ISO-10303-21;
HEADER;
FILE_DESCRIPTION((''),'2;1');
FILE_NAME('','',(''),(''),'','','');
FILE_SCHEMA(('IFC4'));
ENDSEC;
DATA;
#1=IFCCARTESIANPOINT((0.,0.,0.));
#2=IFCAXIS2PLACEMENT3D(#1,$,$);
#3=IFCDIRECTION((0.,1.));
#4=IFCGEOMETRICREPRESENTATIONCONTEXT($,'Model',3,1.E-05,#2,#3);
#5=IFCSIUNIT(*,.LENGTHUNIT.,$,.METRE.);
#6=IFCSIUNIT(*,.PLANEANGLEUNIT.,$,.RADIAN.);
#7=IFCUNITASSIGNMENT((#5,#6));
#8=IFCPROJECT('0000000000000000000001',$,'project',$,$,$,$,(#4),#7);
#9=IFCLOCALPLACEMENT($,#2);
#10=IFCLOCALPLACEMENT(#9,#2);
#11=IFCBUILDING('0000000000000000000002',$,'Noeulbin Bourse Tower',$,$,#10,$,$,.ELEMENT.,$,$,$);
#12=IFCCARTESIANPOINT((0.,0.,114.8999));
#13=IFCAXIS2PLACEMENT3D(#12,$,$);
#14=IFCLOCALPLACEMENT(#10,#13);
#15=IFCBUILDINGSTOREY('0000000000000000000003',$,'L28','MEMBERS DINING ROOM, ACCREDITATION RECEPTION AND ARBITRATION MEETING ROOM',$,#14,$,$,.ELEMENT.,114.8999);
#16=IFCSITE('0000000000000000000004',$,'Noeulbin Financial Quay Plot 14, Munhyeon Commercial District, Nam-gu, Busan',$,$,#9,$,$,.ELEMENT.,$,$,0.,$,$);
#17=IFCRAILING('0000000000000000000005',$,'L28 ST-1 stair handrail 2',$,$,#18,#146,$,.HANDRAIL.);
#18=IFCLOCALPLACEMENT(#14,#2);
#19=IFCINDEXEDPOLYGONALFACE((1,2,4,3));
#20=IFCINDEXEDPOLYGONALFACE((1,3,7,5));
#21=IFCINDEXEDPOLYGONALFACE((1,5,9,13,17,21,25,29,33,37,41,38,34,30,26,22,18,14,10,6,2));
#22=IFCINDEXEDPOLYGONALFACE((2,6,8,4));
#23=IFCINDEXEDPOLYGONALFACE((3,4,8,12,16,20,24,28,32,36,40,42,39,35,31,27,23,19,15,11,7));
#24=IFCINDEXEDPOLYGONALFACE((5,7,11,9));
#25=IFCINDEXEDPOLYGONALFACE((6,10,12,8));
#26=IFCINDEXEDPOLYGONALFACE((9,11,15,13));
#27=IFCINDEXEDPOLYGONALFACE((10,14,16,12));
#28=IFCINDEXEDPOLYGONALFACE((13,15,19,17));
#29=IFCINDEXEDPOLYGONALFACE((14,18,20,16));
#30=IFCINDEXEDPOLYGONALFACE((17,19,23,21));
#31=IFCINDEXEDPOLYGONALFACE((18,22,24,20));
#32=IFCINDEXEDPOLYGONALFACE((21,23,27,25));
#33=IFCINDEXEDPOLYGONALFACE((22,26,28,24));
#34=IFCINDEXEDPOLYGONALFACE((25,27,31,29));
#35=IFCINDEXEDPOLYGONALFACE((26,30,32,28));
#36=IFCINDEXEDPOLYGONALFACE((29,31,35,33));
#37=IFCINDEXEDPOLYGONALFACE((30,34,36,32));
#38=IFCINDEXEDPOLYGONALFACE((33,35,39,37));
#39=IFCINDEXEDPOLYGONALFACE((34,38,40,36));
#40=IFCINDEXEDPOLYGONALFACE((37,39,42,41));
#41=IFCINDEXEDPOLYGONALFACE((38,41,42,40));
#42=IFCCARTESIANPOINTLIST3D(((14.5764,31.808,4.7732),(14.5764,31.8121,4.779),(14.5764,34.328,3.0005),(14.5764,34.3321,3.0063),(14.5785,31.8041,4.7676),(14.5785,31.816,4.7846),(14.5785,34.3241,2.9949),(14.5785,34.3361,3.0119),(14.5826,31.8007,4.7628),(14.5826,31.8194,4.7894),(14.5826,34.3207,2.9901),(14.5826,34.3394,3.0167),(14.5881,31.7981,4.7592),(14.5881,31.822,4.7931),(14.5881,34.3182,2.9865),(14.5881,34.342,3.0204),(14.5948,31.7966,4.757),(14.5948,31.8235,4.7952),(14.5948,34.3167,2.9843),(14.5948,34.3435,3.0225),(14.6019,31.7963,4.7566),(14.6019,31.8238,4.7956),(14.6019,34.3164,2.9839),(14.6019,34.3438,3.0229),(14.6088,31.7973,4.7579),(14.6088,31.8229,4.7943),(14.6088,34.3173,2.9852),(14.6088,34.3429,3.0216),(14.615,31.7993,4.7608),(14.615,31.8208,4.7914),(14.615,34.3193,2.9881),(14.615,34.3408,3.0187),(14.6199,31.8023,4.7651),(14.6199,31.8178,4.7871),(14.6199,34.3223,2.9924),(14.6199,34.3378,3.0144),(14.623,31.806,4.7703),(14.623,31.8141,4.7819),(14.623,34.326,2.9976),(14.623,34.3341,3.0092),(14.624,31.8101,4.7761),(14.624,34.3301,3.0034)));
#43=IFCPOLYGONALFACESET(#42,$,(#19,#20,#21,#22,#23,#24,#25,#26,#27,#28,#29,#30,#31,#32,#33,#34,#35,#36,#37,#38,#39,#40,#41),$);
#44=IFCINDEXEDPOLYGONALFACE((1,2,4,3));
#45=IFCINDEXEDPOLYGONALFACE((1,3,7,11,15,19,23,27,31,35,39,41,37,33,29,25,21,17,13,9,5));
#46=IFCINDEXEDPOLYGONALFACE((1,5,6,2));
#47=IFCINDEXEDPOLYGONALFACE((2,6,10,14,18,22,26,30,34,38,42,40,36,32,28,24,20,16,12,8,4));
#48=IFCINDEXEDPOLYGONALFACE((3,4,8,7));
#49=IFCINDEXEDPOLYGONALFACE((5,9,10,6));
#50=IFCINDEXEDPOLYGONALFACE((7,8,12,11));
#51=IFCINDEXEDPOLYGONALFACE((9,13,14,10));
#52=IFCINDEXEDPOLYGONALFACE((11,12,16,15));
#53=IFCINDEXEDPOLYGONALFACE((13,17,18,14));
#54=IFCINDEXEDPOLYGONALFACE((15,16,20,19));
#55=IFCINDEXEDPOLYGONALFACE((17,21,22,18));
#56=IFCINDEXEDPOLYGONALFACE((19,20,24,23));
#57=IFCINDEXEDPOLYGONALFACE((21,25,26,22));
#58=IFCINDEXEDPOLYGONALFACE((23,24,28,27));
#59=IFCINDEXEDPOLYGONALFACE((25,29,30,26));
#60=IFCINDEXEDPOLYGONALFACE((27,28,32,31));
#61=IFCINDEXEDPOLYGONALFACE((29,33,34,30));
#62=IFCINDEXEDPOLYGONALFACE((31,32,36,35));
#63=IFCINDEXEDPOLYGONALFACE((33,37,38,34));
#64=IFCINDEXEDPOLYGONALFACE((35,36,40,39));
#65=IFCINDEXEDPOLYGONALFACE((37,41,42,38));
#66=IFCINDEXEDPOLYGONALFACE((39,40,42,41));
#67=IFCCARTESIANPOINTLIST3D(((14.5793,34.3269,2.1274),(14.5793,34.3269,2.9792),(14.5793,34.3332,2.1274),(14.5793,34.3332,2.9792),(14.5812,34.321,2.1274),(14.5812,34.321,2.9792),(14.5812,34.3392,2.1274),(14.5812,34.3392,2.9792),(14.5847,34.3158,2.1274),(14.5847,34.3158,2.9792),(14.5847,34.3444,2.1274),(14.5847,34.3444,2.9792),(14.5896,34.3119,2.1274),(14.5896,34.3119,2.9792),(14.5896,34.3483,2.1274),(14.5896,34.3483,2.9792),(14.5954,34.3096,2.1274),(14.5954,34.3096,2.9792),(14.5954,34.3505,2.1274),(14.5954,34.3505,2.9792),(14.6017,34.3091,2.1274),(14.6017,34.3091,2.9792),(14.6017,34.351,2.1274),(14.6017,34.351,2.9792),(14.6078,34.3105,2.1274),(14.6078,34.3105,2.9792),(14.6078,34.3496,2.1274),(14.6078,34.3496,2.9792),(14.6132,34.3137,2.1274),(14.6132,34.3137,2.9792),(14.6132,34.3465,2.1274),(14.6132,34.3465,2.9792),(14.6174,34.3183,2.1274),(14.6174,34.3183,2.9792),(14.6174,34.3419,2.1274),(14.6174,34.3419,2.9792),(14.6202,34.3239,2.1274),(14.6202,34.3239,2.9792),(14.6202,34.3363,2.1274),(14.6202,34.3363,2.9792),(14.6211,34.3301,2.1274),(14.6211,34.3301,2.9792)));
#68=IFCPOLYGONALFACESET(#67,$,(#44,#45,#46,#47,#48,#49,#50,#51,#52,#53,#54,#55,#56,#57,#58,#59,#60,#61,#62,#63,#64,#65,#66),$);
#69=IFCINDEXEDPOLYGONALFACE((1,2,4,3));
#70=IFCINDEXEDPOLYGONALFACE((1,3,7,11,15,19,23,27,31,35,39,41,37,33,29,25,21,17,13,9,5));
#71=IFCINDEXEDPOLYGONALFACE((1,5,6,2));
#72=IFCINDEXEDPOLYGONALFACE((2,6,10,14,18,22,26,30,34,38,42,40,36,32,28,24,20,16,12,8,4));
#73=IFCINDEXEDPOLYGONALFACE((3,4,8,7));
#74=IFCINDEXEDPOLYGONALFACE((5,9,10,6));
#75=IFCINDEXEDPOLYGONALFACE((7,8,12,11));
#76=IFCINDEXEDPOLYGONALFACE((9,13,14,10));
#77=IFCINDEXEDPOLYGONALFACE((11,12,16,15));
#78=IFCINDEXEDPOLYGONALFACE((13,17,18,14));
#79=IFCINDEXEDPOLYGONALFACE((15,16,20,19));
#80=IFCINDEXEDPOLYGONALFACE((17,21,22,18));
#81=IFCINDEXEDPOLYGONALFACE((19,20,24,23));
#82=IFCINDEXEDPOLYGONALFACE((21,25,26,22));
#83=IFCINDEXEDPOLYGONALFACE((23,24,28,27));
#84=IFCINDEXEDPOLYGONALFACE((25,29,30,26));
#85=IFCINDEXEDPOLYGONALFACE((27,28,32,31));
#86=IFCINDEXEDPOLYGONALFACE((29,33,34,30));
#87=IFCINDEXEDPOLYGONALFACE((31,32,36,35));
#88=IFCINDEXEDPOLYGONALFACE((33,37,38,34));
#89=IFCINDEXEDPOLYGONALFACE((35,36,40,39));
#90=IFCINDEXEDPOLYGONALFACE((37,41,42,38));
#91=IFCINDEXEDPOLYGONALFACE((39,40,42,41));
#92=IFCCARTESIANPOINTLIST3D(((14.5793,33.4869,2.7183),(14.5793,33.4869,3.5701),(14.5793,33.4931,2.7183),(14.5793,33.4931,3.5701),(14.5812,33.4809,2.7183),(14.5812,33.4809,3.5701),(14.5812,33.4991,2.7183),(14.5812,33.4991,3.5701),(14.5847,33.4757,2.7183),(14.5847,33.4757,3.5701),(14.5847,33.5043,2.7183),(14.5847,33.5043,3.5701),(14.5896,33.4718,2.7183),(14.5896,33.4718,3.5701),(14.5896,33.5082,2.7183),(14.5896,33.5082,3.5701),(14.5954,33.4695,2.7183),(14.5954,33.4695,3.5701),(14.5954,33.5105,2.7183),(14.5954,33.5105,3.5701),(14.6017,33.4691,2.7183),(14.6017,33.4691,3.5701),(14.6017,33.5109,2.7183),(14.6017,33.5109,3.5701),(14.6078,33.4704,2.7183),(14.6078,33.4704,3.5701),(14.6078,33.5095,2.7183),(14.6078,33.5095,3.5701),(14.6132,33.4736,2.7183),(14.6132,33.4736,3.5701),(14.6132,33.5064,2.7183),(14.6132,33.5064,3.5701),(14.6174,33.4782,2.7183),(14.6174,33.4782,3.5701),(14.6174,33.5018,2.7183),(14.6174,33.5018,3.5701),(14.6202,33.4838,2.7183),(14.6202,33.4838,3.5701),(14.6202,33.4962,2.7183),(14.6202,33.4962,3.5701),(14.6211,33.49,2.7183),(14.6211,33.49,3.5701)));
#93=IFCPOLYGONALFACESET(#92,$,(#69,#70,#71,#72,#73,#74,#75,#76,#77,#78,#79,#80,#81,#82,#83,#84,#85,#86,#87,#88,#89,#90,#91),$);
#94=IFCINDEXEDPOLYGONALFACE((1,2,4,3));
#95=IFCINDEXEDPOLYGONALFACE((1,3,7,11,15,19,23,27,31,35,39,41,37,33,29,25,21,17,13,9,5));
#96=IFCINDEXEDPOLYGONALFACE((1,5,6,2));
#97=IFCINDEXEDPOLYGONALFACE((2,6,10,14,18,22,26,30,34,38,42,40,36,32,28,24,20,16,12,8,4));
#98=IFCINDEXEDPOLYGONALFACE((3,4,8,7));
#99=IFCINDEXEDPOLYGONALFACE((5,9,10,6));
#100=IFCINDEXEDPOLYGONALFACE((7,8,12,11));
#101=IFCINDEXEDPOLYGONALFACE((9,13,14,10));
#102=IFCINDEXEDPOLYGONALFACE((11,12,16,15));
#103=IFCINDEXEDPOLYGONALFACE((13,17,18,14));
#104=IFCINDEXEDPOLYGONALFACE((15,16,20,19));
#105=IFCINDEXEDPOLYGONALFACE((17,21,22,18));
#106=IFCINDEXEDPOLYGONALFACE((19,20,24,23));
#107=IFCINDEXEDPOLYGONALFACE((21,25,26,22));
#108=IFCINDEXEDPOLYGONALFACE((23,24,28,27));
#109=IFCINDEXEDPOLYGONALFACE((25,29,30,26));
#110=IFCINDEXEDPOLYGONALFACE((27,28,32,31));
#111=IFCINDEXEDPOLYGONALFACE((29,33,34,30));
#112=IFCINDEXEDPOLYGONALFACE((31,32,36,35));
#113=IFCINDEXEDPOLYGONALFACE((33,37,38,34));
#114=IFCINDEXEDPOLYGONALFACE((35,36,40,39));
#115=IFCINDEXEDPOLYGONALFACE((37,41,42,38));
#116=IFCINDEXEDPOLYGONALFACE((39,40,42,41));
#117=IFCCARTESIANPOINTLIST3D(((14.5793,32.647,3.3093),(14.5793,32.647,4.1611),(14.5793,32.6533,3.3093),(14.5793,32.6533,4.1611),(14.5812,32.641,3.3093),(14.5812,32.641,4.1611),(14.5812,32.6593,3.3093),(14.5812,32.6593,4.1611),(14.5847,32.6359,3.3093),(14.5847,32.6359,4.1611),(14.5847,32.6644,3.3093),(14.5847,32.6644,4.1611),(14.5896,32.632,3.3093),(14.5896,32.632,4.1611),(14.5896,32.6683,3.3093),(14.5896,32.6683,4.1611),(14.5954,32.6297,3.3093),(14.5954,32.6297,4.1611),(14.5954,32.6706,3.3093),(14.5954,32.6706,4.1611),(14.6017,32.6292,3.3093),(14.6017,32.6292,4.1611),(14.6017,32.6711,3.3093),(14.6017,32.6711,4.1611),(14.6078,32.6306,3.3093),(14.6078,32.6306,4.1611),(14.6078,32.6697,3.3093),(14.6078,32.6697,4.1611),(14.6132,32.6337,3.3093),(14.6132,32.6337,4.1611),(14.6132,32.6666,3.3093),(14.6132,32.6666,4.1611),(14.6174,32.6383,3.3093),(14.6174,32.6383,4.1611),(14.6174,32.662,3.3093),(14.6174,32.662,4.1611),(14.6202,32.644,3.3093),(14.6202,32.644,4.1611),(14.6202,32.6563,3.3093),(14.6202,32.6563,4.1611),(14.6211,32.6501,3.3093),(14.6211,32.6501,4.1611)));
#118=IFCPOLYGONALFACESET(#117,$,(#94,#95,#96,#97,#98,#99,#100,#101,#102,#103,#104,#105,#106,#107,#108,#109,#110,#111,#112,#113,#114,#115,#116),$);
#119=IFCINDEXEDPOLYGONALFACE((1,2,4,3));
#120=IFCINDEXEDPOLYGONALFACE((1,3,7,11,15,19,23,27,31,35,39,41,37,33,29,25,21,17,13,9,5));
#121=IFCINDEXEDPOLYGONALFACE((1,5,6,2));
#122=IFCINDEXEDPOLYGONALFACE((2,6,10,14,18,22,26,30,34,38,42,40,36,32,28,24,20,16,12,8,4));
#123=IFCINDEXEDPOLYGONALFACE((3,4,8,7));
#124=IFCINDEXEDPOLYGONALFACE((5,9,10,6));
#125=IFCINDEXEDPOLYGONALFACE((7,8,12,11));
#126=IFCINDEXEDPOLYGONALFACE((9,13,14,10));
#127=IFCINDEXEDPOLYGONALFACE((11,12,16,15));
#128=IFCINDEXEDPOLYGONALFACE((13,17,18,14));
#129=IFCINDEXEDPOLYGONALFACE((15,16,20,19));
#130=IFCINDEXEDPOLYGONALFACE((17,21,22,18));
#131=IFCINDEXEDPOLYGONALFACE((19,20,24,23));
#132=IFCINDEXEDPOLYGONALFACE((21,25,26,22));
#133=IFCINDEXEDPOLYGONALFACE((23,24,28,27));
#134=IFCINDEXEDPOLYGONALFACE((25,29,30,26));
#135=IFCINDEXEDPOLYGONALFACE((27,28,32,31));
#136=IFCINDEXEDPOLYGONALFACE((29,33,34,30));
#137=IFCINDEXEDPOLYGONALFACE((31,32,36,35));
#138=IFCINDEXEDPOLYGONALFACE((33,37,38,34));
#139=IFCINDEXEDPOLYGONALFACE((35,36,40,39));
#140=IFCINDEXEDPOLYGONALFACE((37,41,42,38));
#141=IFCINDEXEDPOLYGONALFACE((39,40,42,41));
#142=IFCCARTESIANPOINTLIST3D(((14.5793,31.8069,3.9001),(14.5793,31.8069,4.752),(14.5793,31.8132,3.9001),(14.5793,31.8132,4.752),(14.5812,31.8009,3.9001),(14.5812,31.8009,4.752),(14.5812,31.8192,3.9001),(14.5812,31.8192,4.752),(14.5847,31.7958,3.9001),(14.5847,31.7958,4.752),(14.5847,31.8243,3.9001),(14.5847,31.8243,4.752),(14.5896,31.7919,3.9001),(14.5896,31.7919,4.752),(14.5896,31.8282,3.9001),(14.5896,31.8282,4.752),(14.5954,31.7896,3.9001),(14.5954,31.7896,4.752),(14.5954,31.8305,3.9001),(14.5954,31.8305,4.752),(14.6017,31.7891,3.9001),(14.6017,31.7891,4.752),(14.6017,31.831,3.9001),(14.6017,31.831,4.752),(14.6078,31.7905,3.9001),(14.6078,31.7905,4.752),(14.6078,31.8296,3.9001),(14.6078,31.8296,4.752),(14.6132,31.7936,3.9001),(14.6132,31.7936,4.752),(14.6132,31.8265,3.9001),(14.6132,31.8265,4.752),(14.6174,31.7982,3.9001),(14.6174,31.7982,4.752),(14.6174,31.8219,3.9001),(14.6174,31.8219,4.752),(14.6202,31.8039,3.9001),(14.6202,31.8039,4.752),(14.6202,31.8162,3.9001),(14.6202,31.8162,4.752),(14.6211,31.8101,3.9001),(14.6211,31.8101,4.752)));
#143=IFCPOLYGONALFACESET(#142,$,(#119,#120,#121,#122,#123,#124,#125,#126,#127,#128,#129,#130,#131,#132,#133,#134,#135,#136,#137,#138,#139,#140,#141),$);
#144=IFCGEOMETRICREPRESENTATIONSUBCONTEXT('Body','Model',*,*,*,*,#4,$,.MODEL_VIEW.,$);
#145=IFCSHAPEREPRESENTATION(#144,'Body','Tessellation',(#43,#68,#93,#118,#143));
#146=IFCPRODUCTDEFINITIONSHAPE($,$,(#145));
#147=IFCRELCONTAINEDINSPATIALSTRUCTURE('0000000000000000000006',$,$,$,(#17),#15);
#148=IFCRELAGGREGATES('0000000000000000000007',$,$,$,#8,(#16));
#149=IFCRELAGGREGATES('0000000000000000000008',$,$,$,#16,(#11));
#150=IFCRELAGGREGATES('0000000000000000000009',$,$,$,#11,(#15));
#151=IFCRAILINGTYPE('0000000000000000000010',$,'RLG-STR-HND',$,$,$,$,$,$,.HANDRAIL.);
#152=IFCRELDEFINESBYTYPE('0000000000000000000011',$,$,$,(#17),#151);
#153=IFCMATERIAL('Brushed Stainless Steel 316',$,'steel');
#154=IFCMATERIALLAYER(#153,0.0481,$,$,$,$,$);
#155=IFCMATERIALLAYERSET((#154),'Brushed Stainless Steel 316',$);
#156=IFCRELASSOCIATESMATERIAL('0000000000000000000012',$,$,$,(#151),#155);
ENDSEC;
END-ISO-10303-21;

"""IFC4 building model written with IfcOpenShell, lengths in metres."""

from ifc_helpers import new_model, si_unit, direction, frame, origin, origin_2d, place, context, subcontext, project, spatial, circle, extrude, material, layer, layer_set, type_object, element, save


model = new_model("IFC4")

# Units and contexts
model_context = context("Model", 3, precision=1e-05, world=origin(), true_north=direction((0.0, 1.0)))
body_context = subcontext(model_context, "Body", "Model", "MODEL_VIEW")
ifc_project = project(units=[si_unit("LENGTHUNIT", "METRE"), si_unit("PLANEANGLEUNIT", "RADIAN")], contexts=[model_context])

# Site, building, storey
site_placement = place(None, origin())
site = spatial("IfcSite", under=ifc_project, at=site_placement, Name="Noeulbin Financial Quay Plot 14, Munhyeon Commercial District, Nam-gu, Busan", CompositionType="ELEMENT", RefElevation=0.0)
building_placement = place(site_placement, origin())
building = spatial("IfcBuilding", under=site, at=building_placement, Name="Noeulbin Bourse Tower", CompositionType="ELEMENT")
storey_placement = place(building_placement, frame((0.0, 0.0, 114.8999)))
storey = spatial("IfcBuildingStorey", under=building, at=storey_placement, Name="L28", Description="MEMBERS DINING ROOM, ACCREDITATION RECEPTION AND ARBITRATION MEETING ROOM", CompositionType="ELEMENT", Elevation=114.8999)

# Shared definitions
ifc_material_1 = material(Name="Brushed Stainless Steel 316", Category="steel")

# Railing
ifc_layer_1 = layer(ifc_material_1, 0.0481)
ifc_layer_set_1 = layer_set([ifc_layer_1], Name="Brushed Stainless Steel 316")
railing_type_1 = type_object("IfcRailingType", Name="RLG-STR-HND", PredefinedType="HANDRAIL", material=ifc_layer_set_1)
railing_1_placement = place(storey_placement, frame((14.6001, 34.3301, 2.1274)))
element("IfcRailing", 1, at=railing_1_placement, inside=storey, type_object=railing_type_1, Name="L28 ST-1 stair handrail 2", PredefinedType="HANDRAIL", context=body_context, shape_type="SweptSolid", body=[
    extrude(circle(Radius=0.0239, at=origin_2d()), frame((0.0, 0.0, 0.876), z_axis=(0.0, -0.817904, 0.575354), x_axis=(1.0, 0.0, 0.0)), (0.0, 0.0, 1.0), 3.0811),
    extrude(circle(Radius=0.021, at=origin_2d()), origin(), (0.0, 0.0, 1.0), 0.8518),
    extrude(circle(Radius=0.021, at=origin_2d()), frame((0.0, -0.8401, 0.5908)), (0.0, 0.0, 1.0), 0.8518),
    extrude(circle(Radius=0.021, at=origin_2d()), frame((0.0, -1.6799, 1.1819)), (0.0, 0.0, 1.0), 0.8518),
    extrude(circle(Radius=0.021, at=origin_2d()), frame((0.0, -2.52, 1.7727)), (0.0, 0.0, 1.0), 0.8518),
])

save(model, "model.ifc")
